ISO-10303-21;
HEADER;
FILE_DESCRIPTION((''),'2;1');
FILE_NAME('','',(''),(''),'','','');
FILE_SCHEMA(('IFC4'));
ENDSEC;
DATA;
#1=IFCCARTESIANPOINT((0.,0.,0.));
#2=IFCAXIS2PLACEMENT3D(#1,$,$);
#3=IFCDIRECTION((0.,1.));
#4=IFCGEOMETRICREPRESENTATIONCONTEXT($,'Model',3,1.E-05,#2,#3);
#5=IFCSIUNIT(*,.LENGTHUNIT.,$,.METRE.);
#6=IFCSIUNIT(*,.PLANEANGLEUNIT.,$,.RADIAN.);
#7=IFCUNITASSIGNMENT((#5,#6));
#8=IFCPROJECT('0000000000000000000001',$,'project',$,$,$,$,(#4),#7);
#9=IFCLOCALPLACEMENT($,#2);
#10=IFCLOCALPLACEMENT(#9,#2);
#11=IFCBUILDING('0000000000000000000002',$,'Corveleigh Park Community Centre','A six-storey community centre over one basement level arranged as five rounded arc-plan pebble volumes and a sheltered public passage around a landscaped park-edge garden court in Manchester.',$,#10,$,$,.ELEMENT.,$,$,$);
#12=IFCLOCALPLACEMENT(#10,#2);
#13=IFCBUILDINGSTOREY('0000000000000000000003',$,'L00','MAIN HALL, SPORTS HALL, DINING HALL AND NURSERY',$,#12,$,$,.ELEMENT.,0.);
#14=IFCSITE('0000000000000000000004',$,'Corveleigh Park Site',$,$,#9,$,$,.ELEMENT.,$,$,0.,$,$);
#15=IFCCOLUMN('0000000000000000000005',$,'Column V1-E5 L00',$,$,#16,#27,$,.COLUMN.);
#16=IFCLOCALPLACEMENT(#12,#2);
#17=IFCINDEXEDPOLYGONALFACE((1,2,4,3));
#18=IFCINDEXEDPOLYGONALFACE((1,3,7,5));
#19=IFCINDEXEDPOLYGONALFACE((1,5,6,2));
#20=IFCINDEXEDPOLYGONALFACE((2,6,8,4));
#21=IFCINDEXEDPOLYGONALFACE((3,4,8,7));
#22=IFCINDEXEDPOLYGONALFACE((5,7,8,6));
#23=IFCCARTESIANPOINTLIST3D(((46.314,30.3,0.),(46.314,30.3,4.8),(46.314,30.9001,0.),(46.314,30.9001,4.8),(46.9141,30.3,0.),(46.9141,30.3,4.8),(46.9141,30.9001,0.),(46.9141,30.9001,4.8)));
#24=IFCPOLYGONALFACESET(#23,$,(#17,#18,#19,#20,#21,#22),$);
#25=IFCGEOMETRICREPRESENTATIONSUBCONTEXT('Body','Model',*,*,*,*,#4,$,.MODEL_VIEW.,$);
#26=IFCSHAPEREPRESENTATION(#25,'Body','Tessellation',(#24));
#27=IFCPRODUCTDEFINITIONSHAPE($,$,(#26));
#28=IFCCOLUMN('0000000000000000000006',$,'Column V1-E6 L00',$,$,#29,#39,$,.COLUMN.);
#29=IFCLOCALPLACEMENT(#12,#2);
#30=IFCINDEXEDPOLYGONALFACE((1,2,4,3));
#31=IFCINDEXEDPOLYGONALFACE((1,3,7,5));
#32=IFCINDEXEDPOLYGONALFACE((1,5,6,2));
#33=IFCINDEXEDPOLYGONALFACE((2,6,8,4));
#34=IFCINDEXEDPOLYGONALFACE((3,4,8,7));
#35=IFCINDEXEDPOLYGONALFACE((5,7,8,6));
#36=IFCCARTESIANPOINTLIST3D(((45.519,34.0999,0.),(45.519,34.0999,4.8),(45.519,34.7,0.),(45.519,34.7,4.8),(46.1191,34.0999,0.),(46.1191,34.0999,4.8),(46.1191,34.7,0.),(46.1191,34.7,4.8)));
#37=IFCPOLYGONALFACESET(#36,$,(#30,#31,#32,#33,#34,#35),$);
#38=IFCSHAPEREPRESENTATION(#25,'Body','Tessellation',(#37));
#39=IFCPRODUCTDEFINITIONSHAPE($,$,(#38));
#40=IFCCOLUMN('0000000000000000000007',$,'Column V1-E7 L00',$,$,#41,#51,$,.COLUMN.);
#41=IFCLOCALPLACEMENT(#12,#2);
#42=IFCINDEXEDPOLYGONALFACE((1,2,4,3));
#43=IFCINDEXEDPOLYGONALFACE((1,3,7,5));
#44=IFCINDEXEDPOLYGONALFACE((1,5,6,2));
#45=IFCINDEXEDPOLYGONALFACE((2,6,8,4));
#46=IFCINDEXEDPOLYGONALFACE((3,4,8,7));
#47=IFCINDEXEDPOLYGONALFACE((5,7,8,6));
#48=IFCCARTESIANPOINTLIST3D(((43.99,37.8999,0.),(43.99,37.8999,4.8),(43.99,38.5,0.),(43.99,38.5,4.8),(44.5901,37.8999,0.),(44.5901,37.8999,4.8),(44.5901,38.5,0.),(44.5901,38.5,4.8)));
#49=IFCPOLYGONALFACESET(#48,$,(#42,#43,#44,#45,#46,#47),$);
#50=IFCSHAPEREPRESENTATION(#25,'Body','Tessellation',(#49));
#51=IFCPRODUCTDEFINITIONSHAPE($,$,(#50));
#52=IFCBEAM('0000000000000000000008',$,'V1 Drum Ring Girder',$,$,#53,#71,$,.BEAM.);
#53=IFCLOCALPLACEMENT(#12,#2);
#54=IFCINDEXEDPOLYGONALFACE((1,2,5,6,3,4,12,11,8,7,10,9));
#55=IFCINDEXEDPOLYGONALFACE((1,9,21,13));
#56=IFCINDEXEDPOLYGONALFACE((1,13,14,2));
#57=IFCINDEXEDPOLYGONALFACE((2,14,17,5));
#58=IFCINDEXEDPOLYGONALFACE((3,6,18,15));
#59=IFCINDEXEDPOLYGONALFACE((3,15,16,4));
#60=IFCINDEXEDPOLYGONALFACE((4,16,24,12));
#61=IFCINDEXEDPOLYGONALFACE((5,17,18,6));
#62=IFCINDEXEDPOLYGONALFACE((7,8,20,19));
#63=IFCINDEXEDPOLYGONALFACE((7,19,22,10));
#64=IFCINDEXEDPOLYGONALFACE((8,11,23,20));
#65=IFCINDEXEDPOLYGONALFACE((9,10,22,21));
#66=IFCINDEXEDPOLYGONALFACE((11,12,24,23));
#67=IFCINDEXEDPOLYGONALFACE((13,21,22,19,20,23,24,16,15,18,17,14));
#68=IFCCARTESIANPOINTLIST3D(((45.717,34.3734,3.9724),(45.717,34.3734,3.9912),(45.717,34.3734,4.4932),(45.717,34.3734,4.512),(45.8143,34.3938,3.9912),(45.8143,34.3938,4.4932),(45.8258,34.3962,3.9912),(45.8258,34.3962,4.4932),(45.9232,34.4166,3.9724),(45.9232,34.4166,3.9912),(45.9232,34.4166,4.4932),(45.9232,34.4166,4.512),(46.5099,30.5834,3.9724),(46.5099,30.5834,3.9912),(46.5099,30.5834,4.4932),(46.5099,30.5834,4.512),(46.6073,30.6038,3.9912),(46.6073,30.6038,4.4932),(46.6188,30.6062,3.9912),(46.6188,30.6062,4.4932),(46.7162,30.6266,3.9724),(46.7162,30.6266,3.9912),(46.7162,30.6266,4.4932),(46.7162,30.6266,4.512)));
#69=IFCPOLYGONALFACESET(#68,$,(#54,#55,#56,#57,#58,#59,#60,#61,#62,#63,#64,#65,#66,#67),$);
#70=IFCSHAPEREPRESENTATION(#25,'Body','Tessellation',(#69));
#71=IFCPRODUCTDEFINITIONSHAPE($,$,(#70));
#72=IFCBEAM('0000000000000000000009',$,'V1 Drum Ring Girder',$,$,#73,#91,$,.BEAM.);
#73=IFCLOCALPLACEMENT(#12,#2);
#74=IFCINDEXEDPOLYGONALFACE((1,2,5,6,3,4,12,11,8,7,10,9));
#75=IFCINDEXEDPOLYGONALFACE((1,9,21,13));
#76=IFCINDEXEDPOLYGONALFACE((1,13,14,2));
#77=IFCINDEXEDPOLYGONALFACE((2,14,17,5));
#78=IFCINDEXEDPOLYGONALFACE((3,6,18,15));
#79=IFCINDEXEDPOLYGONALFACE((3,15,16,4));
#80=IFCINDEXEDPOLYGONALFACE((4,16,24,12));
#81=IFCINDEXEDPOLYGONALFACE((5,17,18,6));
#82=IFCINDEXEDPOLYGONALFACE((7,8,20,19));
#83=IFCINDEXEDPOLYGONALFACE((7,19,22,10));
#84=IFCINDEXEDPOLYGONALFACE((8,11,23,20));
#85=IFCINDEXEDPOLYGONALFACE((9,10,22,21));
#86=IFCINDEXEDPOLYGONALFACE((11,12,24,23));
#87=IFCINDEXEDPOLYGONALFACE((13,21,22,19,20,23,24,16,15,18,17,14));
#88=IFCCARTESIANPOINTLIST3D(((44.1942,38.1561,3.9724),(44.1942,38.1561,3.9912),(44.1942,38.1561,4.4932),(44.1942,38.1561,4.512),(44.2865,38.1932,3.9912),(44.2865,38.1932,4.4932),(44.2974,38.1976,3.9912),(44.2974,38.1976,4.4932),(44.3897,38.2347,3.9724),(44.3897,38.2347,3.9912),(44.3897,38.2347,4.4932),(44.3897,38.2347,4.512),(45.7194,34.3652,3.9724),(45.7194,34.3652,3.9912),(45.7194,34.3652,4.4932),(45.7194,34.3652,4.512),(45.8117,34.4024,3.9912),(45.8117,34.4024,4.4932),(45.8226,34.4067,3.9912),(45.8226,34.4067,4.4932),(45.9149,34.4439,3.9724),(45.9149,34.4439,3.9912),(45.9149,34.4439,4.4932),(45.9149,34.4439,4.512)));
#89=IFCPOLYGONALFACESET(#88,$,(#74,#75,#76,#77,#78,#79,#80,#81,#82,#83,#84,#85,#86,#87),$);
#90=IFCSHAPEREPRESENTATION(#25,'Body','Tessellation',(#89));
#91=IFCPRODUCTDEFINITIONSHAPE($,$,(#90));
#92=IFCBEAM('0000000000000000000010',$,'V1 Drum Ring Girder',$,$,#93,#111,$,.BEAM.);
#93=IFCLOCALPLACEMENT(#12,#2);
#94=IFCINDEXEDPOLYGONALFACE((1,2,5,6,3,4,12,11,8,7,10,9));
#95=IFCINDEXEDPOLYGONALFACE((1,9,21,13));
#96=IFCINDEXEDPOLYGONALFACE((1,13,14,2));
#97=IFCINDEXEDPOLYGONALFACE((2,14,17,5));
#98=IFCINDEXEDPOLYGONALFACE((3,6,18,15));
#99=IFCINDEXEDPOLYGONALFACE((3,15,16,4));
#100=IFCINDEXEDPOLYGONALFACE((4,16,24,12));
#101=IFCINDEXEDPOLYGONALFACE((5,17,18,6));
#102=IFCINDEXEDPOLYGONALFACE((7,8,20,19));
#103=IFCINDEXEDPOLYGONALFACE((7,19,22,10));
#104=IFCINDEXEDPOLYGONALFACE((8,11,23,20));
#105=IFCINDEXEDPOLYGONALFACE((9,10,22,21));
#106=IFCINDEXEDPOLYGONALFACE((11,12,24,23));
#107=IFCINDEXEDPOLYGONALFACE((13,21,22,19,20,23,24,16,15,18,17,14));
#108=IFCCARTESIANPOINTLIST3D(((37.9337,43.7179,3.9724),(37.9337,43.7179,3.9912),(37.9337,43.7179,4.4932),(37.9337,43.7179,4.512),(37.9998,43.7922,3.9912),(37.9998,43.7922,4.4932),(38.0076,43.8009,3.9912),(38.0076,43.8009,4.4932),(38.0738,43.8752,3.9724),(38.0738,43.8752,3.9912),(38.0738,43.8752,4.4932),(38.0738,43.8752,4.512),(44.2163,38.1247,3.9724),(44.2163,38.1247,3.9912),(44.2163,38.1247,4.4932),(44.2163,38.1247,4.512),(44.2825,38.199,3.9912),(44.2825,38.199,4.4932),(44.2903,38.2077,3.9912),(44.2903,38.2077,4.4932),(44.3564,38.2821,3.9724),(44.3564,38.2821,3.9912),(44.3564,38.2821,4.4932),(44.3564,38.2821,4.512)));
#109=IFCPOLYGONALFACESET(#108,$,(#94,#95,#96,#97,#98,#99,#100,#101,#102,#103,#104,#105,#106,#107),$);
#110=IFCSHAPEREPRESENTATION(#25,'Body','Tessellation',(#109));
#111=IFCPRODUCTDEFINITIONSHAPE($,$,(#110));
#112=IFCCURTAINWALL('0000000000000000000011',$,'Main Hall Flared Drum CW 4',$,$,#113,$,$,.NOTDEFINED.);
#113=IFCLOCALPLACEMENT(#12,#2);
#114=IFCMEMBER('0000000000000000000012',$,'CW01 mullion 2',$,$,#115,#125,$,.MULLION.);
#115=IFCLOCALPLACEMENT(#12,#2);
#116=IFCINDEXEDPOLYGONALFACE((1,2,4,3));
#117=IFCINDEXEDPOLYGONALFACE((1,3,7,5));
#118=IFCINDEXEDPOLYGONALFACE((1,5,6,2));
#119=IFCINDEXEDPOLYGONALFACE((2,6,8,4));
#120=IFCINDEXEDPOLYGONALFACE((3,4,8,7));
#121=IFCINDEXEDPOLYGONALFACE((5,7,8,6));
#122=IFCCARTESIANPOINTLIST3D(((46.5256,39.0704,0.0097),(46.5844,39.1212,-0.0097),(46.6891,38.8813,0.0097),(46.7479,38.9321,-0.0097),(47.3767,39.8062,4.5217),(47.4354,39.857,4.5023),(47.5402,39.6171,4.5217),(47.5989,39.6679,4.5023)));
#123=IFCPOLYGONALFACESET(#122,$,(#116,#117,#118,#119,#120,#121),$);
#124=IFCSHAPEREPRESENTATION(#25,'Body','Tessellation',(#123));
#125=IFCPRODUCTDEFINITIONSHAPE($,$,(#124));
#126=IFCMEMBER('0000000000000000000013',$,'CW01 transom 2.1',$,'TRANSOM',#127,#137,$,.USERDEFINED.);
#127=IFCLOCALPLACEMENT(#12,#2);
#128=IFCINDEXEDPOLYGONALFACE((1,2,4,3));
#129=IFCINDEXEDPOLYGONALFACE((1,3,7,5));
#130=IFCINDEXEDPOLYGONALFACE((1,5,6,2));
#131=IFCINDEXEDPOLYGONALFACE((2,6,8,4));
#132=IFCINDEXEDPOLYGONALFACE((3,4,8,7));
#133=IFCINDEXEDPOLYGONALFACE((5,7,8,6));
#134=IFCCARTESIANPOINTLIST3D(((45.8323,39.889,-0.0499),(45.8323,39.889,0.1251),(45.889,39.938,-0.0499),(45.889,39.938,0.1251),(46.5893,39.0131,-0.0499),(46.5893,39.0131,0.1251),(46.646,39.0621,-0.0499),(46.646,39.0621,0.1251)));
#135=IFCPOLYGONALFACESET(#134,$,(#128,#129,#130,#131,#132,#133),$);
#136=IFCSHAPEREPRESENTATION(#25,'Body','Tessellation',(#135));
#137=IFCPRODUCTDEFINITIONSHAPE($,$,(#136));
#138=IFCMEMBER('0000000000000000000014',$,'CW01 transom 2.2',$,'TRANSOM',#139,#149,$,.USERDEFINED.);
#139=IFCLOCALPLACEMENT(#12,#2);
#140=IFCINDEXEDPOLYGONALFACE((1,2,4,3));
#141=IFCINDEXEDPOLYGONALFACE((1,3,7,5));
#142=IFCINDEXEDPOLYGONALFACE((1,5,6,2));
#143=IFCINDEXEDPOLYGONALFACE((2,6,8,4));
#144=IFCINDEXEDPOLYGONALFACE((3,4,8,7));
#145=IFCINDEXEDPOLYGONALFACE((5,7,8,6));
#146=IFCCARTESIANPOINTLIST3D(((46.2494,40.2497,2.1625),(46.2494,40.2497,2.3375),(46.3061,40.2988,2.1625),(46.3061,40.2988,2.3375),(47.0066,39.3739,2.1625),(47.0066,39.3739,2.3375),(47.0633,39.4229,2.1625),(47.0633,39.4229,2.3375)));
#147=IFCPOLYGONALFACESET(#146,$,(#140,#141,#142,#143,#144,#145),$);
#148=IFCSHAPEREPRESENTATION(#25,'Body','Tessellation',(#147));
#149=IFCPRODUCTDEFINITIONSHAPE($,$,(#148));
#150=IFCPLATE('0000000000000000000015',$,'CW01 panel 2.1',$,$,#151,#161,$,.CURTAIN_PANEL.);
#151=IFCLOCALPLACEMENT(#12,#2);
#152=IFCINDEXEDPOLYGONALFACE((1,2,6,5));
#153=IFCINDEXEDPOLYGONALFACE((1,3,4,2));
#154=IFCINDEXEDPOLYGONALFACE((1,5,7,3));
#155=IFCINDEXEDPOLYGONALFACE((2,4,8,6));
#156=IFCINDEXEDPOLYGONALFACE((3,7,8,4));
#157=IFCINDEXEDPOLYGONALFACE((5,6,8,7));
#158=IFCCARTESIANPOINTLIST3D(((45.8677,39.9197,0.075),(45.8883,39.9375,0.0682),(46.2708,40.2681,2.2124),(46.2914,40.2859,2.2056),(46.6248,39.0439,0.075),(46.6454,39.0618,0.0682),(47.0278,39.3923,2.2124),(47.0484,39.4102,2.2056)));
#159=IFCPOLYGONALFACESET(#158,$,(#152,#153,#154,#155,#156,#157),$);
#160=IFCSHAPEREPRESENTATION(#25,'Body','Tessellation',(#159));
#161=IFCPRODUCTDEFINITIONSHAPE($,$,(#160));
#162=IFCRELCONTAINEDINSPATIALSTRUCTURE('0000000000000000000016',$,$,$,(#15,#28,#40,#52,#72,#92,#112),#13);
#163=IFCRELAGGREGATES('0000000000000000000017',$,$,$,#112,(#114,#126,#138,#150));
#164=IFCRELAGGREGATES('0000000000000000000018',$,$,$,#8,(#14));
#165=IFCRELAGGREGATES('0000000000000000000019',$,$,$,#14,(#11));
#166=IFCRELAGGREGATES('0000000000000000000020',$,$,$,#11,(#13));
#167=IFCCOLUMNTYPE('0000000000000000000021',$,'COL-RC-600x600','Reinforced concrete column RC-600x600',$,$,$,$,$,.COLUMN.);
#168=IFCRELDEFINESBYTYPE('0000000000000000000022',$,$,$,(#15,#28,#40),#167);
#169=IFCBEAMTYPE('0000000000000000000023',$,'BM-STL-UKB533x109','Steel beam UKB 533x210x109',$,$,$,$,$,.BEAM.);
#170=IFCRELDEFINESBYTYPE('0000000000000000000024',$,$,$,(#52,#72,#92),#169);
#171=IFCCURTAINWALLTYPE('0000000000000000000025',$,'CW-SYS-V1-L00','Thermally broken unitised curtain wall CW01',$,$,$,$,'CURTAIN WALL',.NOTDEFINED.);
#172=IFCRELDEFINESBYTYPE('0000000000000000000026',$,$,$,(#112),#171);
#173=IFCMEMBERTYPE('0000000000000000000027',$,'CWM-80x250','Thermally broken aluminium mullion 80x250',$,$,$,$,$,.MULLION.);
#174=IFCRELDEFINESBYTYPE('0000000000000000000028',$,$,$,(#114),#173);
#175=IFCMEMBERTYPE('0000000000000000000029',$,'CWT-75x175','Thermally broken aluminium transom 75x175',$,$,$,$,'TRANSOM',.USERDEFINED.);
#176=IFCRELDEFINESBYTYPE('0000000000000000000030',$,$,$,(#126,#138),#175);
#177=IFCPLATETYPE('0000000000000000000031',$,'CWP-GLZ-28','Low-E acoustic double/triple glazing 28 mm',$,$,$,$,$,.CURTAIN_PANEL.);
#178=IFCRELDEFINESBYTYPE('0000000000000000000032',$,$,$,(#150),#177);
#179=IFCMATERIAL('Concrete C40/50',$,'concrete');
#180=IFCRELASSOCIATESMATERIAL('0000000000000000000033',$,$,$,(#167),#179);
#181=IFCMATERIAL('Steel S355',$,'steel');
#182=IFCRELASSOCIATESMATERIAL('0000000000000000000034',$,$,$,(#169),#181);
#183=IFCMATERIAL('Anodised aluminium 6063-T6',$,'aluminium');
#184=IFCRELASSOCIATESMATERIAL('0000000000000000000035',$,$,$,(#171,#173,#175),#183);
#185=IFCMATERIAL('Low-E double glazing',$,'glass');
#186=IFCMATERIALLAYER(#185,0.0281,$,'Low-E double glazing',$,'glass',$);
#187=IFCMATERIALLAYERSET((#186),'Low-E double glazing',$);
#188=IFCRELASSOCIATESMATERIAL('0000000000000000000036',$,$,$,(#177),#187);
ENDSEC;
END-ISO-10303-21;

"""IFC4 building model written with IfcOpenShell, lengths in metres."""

from ifc_helpers import new_model, si_unit, direction, frame, origin, origin_2d, place, context, subcontext, project, spatial, polyline, rectangle, i_section, outline, extrude, material, layer, layer_set, material_profile, profile_set, type_object, element, aggregate, save


model = new_model("IFC4")

# Units and contexts
model_context = context("Model", 3, precision=1e-05, world=origin(), true_north=direction((0.0, 1.0)))
body_context = subcontext(model_context, "Body", "Model", "MODEL_VIEW")
ifc_project = project(units=[si_unit("LENGTHUNIT", "METRE"), si_unit("PLANEANGLEUNIT", "RADIAN")], contexts=[model_context])

# Site, building, storey
site_placement = place(None, origin())
site = spatial("IfcSite", under=ifc_project, at=site_placement, Name="Corveleigh Park Site", CompositionType="ELEMENT", RefElevation=0.0)
building_placement = place(site_placement, origin())
building = spatial("IfcBuilding", under=site, at=building_placement, Name="Corveleigh Park Community Centre", Description="A six-storey community centre over one basement level arranged as five rounded arc-plan pebble volumes and a sheltered public passage around a landscaped park-edge garden court in Manchester.", CompositionType="ELEMENT")
storey_placement = place(building_placement, origin())
storey = spatial("IfcBuildingStorey", under=building, at=storey_placement, Name="L00", Description="MAIN HALL, SPORTS HALL, DINING HALL AND NURSERY", CompositionType="ELEMENT", Elevation=0.0)

# Columns
ifc_material_1 = material(Name="Concrete C40/50", Category="concrete")
ifc_material_profile_1 = material_profile(ifc_material_1, rectangle(XDim=0.6001, YDim=0.6001, at=origin_2d()), Name="RC-600x600", Category="concrete")
ifc_profile_set_1 = profile_set([ifc_material_profile_1], Name="Concrete C40/50")
column_type = type_object("IfcColumnType", Name="COL-RC-600x600", Description="Reinforced concrete column RC-600x600", PredefinedType="COLUMN", material=ifc_profile_set_1)
for number, where, z_axis, x_axis, name in (
    (1, (46.614, 30.6001, 0.0), (0.0, 0.0, 1.0), (1.0, 0.0, 0.0), "Column V1-E5 L00"),
    (2, (45.8191, 34.3999, 0.0), (0.0, 0.0, 1.0), (1.0, 0.0, 0.0), "Column V1-E6 L00"),
    (3, (44.29, 38.2, 0.0), (0.0, 0.0, 1.0), (1.0, 0.0, 0.0), "Column V1-E7 L00"),
):
    element("IfcColumn", number, at=place(storey_placement, frame(where, z_axis=z_axis, x_axis=x_axis)), inside=storey, type_object=column_type, Name=name, PredefinedType="COLUMN", context=body_context, shape_type="SweptSolid", body=[
        extrude(rectangle(XDim=0.6001, YDim=0.6001, at=origin_2d()), origin(), (0.0, 0.0, 1.0), 4.8),
    ])

# Beams
ifc_material_2 = material(Name="Steel S355", Category="steel")
ifc_material_profile_2 = material_profile(ifc_material_2, i_section(OverallWidth=0.2107, OverallDepth=0.5396, WebThickness=0.0117, FlangeThickness=0.0188, at=origin_2d()), Name="UKB 533x210x109", Category="steel")
ifc_profile_set_2 = profile_set([ifc_material_profile_2], Name="Steel S355")
beam_type = type_object("IfcBeamType", Name="BM-STL-UKB533x109", Description="Steel beam UKB 533x210x109", PredefinedType="BEAM", material=ifc_profile_set_2)
beam_1_placement = place(storey_placement, frame((46.613, 30.605, 4.2422), z_axis=(-0.20479, 0.978806, 0.0), x_axis=(-0.978806, -0.20479, 0.0)))
element("IfcBeam", 4, at=beam_1_placement, inside=storey, type_object=beam_type, Name="V1 Drum Ring Girder", PredefinedType="BEAM", context=body_context, shape_type="SweptSolid", body=[
    extrude(i_section(OverallWidth=0.2107, OverallDepth=0.5396, WebThickness=0.0117, FlangeThickness=0.0188, at=origin_2d()), origin(), (0.0, 0.0, 1.0), 3.8721),
])
beam_2_placement = place(storey_placement, frame((45.8171, 34.4045, 4.2422), z_axis=(-0.373255, 0.927729, 0.0), x_axis=(-0.927729, -0.373255, 0.0)))
element("IfcBeam", 5, at=beam_2_placement, inside=storey, type_object=beam_type, Name="V1 Drum Ring Girder", PredefinedType="BEAM", context=body_context, shape_type="SweptSolid", body=[
    extrude(i_section(OverallWidth=0.2107, OverallDepth=0.5396, WebThickness=0.0117, FlangeThickness=0.0188, at=origin_2d()), origin(), (0.0, 0.0, 1.0), 4.0862),
])
beam_3_placement = place(storey_placement, frame((44.2864, 38.2034, 4.2422), z_axis=(-0.7469, 0.664937, 0.0), x_axis=(-0.664937, -0.7469, 0.0)))
element("IfcBeam", 6, at=beam_3_placement, inside=storey, type_object=beam_type, Name="V1 Drum Ring Girder", PredefinedType="BEAM", context=body_context, shape_type="SweptSolid", body=[
    extrude(i_section(OverallWidth=0.2107, OverallDepth=0.5396, WebThickness=0.0117, FlangeThickness=0.0188, at=origin_2d()), origin(), (0.0, 0.0, 1.0), 8.4116),
])

# Curtain wall, members, plate
ifc_material_3 = material(Name="Anodised aluminium 6063-T6", Category="aluminium")
curtain_wall_type = type_object("IfcCurtainWallType", Name="CW-SYS-V1-L00", Description="Thermally broken unitised curtain wall CW01", ElementType="CURTAIN WALL", PredefinedType="NOTDEFINED", material=ifc_material_3)
curtain_wall_placement = place(storey_placement, origin())
curtain_wall = element("IfcCurtainWall", 7, at=curtain_wall_placement, inside=storey, type_object=curtain_wall_type, Name="Main Hall Flared Drum CW 4", PredefinedType="NOTDEFINED")
ifc_material_profile_3 = material_profile(ifc_material_3, rectangle(XDim=0.0801, YDim=0.25, at=origin_2d()), Name="ALU-M80x250", Category="aluminium")
ifc_profile_set_3 = profile_set([ifc_material_profile_3], Name="Anodised aluminium 6063-T6")
member_type_1 = type_object("IfcMemberType", Name="CWM-80x250", Description="Thermally broken aluminium mullion 80x250", PredefinedType="MULLION", material=ifc_profile_set_3)
member_1_placement = place(storey_placement, frame((46.6367, 39.0012, 0.0), z_axis=(0.183022, 0.158241, 0.97029), x_axis=(-0.733987, -0.634606, 0.241945)))
member_1 = element("IfcMember", 8, at=member_1_placement, type_object=member_type_1, Name="CW01 mullion 2", PredefinedType="MULLION", context=body_context, shape_type="SweptSolid", body=[
    extrude(rectangle(XDim=0.0801, YDim=0.25, at=origin_2d()), origin(), (0.0, 0.0, 1.0), 4.6501),
])
ifc_material_profile_4 = material_profile(ifc_material_3, rectangle(XDim=0.075, YDim=0.175, at=origin_2d()), Name="ALU-T75x175", Category="aluminium")
ifc_profile_set_4 = profile_set([ifc_material_profile_4], Name="Anodised aluminium 6063-T6")
member_type_2 = type_object("IfcMemberType", Name="CWT-75x175", Description="Thermally broken aluminium transom 75x175", ElementType="TRANSOM", PredefinedType="USERDEFINED", material=ifc_profile_set_4)
member_2_placement = place(storey_placement, frame((46.6177, 39.0376, 0.0376), z_axis=(-0.653894, 0.756586, 0.0), x_axis=(-0.756586, -0.653894, 0.0)))
member_2 = element("IfcMember", 9, at=member_2_placement, type_object=member_type_2, Name="CW01 transom 2.1", ObjectType="TRANSOM", PredefinedType="USERDEFINED", context=body_context, shape_type="SweptSolid", body=[
    extrude(rectangle(XDim=0.075, YDim=0.175, at=origin_2d()), origin(), (0.0, 0.0, 1.0), 1.1577),
])
member_3_placement = place(storey_placement, frame((47.0349, 39.3984, 2.25), z_axis=(-0.653999, 0.756496, 0.0), x_axis=(-0.756496, -0.653999, 0.0)))
member_3 = element("IfcMember", 10, at=member_3_placement, type_object=member_type_2, Name="CW01 transom 2.2", ObjectType="TRANSOM", PredefinedType="USERDEFINED", context=body_context, shape_type="SweptSolid", body=[
    extrude(rectangle(XDim=0.075, YDim=0.175, at=origin_2d()), origin(), (0.0, 0.0, 1.0), 1.1577),
])
ifc_material_4 = material(Name="Low-E double glazing", Category="glass")
ifc_layer_1 = layer(ifc_material_4, 0.0281, Name="Low-E double glazing", Category="glass")
ifc_layer_set_1 = layer_set([ifc_layer_1], Name="Low-E double glazing")
plate_type = type_object("IfcPlateType", Name="CWP-GLZ-28", Description="Low-E acoustic double/triple glazing 28 mm", PredefinedType="CURTAIN_PANEL", material=ifc_layer_set_1)
plate_placement = place(storey_placement, frame((46.6248, 39.0439, 0.075), z_axis=(-0.734037, -0.634583, 0.241856), x_axis=(-0.653999, 0.756496, 0.0)))
plate = element("IfcPlate", 11, at=plate_placement, type_object=plate_type, Name="CW01 panel 2.1", PredefinedType="CURTAIN_PANEL", context=body_context, shape_type="SweptSolid", body=[
    extrude(outline(polyline([(0.0, 0.0), (1.1576, 0.0), (1.1576, -2.2028), (-0.0001, -2.2028), (0.0, 0.0)])), origin(), (0.0, 0.0, -1.0), 0.0281),
])
aggregate(curtain_wall, [member_1, member_2, member_3, plate])

save(model, "model.ifc")
